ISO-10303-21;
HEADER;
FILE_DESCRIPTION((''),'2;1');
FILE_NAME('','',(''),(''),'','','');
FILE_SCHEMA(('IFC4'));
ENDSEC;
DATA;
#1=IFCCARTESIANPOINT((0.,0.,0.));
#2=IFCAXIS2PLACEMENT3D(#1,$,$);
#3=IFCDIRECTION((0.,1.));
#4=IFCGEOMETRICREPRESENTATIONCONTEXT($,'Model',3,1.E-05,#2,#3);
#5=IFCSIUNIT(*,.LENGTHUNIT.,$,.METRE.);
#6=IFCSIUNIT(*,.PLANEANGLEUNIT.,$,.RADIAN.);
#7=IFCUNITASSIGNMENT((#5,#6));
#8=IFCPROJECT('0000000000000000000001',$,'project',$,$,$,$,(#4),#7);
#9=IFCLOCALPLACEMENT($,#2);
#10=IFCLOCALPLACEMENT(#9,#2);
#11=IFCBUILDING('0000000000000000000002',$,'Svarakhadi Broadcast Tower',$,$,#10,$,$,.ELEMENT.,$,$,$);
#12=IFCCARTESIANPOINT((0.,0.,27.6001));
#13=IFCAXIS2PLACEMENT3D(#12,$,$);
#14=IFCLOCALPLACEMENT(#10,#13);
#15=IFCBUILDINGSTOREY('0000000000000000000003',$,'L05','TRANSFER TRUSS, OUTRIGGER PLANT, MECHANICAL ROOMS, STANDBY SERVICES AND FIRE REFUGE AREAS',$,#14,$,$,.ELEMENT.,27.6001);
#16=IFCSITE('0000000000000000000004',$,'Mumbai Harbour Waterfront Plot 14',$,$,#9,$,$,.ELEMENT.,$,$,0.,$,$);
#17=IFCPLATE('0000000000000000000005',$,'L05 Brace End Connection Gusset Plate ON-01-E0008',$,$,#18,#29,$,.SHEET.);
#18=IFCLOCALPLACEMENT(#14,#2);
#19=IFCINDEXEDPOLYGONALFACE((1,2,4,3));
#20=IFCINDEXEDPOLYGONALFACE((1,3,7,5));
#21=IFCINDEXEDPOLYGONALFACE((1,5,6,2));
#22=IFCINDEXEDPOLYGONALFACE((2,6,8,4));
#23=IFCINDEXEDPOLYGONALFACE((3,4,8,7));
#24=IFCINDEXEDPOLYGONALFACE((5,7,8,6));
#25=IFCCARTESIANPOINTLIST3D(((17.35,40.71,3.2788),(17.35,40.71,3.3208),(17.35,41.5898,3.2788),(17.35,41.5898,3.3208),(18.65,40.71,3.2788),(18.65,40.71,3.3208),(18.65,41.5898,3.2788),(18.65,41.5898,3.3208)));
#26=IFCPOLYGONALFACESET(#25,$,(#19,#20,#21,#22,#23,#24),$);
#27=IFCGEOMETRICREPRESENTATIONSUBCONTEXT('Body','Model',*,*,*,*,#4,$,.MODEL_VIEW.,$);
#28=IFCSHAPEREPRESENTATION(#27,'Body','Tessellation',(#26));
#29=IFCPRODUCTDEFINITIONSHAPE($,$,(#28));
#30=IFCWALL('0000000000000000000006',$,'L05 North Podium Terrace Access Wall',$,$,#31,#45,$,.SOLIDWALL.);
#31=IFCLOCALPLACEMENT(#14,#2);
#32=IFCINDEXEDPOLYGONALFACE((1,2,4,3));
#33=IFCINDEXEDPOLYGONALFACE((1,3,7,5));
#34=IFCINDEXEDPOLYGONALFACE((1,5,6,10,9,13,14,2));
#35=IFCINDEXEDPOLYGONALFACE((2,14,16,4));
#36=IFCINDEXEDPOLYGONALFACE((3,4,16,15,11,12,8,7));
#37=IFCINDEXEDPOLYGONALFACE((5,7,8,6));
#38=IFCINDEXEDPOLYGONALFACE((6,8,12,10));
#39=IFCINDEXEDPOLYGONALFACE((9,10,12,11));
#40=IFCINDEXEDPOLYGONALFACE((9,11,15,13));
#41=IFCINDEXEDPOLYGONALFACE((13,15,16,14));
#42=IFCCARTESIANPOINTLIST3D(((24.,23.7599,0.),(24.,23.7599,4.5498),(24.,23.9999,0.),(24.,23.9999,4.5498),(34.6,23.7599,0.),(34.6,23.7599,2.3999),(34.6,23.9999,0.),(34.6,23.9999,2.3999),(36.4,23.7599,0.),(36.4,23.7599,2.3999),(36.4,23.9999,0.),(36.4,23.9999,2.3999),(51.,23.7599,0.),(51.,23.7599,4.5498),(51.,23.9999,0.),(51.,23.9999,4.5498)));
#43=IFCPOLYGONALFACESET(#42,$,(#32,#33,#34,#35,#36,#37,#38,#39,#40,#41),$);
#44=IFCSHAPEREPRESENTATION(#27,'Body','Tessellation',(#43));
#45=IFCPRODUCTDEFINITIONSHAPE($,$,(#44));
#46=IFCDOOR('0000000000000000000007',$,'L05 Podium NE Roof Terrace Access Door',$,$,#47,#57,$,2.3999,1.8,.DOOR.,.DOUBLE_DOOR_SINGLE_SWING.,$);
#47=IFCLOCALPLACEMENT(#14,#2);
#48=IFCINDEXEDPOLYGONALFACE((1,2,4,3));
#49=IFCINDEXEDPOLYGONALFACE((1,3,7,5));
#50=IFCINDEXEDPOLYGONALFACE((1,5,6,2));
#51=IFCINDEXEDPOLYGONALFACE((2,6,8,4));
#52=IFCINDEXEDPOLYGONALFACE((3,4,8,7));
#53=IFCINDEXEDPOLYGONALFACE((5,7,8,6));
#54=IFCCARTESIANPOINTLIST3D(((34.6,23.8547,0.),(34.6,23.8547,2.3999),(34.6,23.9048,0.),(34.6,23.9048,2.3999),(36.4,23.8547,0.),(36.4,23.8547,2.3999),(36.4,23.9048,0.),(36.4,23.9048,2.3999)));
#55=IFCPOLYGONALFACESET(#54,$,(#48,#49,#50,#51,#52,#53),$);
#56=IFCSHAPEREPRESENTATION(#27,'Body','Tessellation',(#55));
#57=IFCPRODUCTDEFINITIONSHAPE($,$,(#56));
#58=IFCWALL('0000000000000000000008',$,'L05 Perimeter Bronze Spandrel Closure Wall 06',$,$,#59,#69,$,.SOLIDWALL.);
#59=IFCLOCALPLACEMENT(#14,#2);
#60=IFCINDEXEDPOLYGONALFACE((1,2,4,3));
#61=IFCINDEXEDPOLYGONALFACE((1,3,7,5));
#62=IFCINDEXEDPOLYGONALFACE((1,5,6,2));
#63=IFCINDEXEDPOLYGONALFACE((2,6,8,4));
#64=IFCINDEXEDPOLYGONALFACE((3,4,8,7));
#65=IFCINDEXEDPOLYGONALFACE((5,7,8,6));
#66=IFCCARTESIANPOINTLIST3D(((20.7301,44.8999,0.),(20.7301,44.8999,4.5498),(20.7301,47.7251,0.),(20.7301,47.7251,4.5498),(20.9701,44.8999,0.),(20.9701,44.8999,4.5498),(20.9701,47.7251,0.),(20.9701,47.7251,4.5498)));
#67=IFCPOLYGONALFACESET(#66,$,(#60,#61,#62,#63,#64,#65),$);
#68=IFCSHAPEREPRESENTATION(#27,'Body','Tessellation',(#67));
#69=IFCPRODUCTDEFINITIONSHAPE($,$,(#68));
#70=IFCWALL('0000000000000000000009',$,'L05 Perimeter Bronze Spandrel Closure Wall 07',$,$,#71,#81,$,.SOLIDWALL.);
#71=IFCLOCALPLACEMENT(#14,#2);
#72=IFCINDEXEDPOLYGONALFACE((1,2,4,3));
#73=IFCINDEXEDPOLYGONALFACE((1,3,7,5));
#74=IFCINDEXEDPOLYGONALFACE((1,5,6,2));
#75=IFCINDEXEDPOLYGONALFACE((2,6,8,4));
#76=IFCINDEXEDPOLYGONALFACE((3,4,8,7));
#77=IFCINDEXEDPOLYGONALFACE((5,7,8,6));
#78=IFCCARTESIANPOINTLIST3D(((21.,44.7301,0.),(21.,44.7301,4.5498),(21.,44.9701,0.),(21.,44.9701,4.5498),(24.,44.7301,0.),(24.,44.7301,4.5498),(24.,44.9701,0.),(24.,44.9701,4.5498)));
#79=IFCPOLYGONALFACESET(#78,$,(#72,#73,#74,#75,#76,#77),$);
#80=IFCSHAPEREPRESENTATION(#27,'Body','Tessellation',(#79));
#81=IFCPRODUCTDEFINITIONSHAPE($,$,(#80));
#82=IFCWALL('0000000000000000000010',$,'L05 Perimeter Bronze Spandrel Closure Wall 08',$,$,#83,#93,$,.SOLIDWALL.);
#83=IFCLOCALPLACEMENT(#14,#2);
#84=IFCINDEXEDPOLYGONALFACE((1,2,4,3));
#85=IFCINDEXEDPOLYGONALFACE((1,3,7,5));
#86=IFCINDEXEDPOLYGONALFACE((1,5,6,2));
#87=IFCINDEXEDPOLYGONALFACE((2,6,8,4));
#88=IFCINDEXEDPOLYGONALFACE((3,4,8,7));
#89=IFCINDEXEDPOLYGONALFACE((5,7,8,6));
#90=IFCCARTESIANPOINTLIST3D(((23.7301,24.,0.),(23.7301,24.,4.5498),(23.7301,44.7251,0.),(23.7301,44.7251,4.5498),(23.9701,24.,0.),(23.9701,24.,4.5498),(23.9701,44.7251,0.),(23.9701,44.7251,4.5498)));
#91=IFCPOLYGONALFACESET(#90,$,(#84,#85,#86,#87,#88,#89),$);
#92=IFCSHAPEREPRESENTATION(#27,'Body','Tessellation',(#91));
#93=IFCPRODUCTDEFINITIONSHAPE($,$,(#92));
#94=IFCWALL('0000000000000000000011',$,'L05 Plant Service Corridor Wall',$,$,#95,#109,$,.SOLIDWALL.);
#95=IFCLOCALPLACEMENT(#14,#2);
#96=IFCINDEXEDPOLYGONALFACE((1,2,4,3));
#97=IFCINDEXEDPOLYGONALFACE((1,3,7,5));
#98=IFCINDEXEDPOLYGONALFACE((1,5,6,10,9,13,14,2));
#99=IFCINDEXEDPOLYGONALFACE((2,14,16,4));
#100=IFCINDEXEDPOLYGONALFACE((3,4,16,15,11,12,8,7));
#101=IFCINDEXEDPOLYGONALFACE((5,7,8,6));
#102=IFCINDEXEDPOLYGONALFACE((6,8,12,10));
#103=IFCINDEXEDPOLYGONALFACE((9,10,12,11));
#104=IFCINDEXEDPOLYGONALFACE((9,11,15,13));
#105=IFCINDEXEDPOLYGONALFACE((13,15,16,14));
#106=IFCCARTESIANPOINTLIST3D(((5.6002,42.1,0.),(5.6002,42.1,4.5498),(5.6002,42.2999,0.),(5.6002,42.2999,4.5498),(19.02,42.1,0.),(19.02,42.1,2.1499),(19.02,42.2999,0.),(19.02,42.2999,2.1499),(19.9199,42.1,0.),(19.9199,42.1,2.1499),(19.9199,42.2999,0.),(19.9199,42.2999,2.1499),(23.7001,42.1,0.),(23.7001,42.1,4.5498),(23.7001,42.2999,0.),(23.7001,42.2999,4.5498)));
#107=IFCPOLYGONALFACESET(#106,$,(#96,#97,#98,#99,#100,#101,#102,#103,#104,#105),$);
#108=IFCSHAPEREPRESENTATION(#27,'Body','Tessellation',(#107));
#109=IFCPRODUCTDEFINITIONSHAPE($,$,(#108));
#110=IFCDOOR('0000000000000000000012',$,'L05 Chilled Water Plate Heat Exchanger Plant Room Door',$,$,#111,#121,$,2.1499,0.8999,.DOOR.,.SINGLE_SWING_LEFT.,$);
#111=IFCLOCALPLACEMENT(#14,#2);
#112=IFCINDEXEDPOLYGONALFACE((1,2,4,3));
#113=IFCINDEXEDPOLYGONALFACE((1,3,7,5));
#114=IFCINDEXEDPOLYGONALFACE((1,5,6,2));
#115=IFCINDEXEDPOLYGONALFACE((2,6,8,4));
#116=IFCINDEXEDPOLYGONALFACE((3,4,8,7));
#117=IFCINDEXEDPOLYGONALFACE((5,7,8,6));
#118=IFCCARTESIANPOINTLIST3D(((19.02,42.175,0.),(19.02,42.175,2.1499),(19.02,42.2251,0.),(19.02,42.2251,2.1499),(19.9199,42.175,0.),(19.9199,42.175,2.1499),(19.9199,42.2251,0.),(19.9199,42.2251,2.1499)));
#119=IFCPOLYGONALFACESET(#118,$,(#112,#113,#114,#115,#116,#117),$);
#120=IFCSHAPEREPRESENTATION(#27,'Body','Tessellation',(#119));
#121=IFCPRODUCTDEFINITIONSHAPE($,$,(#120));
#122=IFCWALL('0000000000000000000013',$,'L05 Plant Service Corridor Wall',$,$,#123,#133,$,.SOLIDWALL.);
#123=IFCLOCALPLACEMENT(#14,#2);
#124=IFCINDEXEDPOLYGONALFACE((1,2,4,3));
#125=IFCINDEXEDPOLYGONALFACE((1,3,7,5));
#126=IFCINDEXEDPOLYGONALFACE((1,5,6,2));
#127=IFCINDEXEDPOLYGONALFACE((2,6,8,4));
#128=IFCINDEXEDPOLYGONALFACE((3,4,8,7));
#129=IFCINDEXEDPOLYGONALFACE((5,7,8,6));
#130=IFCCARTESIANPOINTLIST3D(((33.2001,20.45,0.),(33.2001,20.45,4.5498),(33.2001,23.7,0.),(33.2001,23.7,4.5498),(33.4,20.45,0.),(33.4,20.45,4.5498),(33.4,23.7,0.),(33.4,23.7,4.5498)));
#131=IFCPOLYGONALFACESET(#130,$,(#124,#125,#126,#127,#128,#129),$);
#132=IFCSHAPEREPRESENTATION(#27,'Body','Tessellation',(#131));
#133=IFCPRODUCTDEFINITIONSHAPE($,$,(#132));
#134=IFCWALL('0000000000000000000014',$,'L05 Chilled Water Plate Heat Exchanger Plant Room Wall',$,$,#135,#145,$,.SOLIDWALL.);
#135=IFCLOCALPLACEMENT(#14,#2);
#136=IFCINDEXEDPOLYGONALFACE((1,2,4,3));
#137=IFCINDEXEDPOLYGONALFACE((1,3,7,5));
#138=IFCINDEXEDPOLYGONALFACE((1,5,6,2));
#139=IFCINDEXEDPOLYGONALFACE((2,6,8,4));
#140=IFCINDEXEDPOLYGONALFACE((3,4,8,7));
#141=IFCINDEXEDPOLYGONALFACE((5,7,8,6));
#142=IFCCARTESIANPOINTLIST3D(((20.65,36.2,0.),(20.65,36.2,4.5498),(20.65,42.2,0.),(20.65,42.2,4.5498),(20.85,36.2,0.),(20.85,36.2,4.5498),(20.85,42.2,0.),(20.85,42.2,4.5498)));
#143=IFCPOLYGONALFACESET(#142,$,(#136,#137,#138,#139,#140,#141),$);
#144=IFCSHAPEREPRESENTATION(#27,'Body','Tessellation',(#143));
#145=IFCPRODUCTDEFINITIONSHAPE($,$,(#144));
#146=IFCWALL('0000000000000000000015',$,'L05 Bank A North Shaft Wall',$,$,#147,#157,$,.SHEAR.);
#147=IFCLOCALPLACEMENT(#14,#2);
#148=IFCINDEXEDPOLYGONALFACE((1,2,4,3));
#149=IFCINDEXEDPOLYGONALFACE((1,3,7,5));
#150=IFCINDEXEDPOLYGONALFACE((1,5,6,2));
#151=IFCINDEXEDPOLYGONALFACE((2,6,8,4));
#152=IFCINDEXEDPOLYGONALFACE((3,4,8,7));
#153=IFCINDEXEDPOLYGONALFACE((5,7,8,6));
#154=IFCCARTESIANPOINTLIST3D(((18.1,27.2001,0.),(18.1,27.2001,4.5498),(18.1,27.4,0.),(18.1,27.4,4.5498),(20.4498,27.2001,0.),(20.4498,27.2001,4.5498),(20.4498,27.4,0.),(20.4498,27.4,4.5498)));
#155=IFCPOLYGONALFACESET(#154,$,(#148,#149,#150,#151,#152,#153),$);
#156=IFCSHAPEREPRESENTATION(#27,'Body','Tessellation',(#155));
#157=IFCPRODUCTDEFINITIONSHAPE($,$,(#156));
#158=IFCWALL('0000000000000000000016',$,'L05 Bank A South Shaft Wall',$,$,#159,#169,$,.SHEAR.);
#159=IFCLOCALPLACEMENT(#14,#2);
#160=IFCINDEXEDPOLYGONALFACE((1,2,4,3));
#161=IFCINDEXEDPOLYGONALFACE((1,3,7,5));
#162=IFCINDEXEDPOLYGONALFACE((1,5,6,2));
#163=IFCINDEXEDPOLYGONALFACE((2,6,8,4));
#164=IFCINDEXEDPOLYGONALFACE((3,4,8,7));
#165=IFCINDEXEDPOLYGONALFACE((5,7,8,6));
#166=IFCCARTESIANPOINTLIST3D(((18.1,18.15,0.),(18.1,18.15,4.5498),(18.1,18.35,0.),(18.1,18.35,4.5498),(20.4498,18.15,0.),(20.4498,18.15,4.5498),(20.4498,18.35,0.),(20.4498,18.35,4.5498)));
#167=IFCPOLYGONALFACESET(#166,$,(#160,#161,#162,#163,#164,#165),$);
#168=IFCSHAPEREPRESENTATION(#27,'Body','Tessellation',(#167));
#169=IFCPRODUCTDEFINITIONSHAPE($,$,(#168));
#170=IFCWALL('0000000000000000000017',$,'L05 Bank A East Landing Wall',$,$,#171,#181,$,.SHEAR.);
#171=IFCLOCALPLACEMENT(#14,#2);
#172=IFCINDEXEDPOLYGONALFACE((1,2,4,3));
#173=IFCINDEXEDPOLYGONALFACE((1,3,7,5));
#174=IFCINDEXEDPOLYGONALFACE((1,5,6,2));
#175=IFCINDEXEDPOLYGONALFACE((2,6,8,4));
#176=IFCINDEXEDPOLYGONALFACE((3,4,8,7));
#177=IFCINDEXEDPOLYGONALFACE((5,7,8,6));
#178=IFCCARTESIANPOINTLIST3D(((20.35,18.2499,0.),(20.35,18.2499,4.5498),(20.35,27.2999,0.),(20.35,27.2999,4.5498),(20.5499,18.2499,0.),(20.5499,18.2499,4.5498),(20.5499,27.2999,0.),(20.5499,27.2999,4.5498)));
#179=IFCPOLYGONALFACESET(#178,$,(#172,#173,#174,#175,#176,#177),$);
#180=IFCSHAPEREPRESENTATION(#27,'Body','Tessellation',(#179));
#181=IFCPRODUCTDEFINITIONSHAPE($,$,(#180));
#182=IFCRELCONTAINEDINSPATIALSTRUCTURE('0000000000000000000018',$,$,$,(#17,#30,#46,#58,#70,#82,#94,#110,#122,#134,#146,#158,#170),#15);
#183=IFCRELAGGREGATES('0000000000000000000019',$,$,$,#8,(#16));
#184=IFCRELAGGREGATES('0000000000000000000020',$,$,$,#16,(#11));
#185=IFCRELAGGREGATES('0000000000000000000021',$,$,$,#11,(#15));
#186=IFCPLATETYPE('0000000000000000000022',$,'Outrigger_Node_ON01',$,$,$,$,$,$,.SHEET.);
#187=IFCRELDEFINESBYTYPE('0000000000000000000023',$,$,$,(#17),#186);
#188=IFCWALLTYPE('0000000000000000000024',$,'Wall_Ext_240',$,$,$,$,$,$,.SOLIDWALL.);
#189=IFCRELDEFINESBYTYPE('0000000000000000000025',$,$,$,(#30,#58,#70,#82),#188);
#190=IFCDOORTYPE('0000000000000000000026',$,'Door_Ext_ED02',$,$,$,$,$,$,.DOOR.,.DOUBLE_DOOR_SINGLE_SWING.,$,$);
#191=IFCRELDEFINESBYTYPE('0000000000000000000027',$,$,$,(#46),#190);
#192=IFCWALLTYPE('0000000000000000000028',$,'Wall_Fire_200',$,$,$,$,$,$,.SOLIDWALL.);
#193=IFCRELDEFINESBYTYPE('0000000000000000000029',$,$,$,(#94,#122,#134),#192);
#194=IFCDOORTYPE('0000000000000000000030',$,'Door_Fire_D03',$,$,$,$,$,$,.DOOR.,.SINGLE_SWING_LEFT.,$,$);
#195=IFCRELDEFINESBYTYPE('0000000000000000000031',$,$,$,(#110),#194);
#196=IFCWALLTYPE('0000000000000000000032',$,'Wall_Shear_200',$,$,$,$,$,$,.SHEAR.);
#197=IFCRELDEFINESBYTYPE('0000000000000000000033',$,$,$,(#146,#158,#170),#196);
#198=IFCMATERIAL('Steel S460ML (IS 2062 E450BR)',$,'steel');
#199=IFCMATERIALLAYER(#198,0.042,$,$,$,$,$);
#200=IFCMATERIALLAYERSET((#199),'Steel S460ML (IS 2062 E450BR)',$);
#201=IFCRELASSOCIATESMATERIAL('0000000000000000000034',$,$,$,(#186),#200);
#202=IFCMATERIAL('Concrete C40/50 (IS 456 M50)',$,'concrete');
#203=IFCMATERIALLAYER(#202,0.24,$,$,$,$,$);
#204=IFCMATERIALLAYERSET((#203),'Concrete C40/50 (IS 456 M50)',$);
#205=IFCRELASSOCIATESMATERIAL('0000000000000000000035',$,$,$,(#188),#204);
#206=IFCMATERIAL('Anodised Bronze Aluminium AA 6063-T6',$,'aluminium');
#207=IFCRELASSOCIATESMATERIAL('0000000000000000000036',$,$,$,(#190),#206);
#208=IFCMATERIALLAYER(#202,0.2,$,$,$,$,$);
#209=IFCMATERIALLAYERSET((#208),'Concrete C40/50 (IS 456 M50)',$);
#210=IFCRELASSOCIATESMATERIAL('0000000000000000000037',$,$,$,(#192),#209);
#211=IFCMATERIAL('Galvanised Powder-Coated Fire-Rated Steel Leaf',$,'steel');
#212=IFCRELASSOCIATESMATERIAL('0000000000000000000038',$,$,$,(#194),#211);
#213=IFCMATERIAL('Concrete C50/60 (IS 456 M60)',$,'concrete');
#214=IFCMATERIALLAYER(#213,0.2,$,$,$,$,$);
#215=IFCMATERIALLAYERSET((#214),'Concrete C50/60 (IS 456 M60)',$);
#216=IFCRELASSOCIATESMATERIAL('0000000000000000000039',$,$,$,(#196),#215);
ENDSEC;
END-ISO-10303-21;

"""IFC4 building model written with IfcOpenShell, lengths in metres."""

from ifc_helpers import new_model, si_unit, direction, frame, frame_2d, origin, origin_2d, place, context, subcontext, project, spatial, rectangle, extrude, material, layer, layer_set, type_object, element, fill, save


model = new_model("IFC4")

# Units and contexts
model_context = context("Model", 3, precision=1e-05, world=origin(), true_north=direction((0.0, 1.0)))
body_context = subcontext(model_context, "Body", "Model", "MODEL_VIEW")
ifc_project = project(units=[si_unit("LENGTHUNIT", "METRE"), si_unit("PLANEANGLEUNIT", "RADIAN")], contexts=[model_context])

# Site, building, storey
site_placement = place(None, origin())
site = spatial("IfcSite", under=ifc_project, at=site_placement, Name="Mumbai Harbour Waterfront Plot 14", CompositionType="ELEMENT", RefElevation=0.0)
building_placement = place(site_placement, origin())
building = spatial("IfcBuilding", under=site, at=building_placement, Name="Svarakhadi Broadcast Tower", CompositionType="ELEMENT")
storey_placement = place(building_placement, frame((0.0, 0.0, 27.6001)))
storey = spatial("IfcBuildingStorey", under=building, at=storey_placement, Name="L05", Description="TRANSFER TRUSS, OUTRIGGER PLANT, MECHANICAL ROOMS, STANDBY SERVICES AND FIRE REFUGE AREAS", CompositionType="ELEMENT", Elevation=27.6001)

# Shared definitions
ifc_material_1 = material(Name="Steel S460ML (IS 2062 E450BR)", Category="steel")

# Plate
ifc_layer_1 = layer(ifc_material_1, 0.042)
ifc_layer_set_1 = layer_set([ifc_layer_1], Name="Steel S460ML (IS 2062 E450BR)")
plate_type = type_object("IfcPlateType", Name="Outrigger_Node_ON01", PredefinedType="SHEET", material=ifc_layer_set_1)
for number, where, z_axis, x_axis, name in (
    (1, (18.0, 41.1499, 3.2788), (0.0, 0.0, 1.0), (1.0, 0.0, 0.0), "L05 Brace End Connection Gusset Plate ON-01-E0008"),
):
    element("IfcPlate", number, at=place(storey_placement, frame(where, z_axis=z_axis, x_axis=x_axis)), inside=storey, type_object=plate_type, Name=name, PredefinedType="SHEET", context=body_context, shape_type="SweptSolid", body=[
        extrude(rectangle(XDim=1.3, YDim=0.8799, at=origin_2d()), origin(), (0.0, 0.0, 1.0), 0.042),
    ])

# Wall, opening, door
ifc_material_2 = material(Name="Concrete C40/50 (IS 456 M50)", Category="concrete")
ifc_layer_2 = layer(ifc_material_2, 0.24)
ifc_layer_set_2 = layer_set([ifc_layer_2], Name="Concrete C40/50 (IS 456 M50)")
wall_type_1 = type_object("IfcWallType", Name="Wall_Ext_240", PredefinedType="SOLIDWALL", material=ifc_layer_set_2)
wall_1_placement = place(storey_placement, frame((24.0, 23.8799, 0.0), z_axis=(0.0, 0.0, 1.0), x_axis=(1.0, 0.0, 0.0)))
wall_1 = element("IfcWall", 2, at=wall_1_placement, inside=storey, type_object=wall_type_1, Name="L05 North Podium Terrace Access Wall", PredefinedType="SOLIDWALL", context=body_context, shape_type="SweptSolid", body=[
    extrude(rectangle(XDim=27.0, YDim=0.24, at=frame_2d((13.5, 0.0))), origin(), (0.0, 0.0, 1.0), 4.5498),
])
opening_1_placement = place(wall_1_placement, frame((10.6001, 0.0, 0.0)))
opening_1 = element("IfcOpeningElement", 3, at=opening_1_placement, cuts=wall_1, PredefinedType="OPENING", context=body_context, shape_type="SweptSolid", body=[
    extrude(rectangle(XDim=1.8, YDim=2.3999, at=frame_2d((0.8999, 1.2))), frame((0.0, 0.1299, 0.0), z_axis=(0.0, -1.0, 0.0), x_axis=(1.0, 0.0, 0.0)), (0.0, 0.0, 1.0), 0.26),
])
ifc_material_3 = material(Name="Anodised Bronze Aluminium AA 6063-T6", Category="aluminium")
door_type_1 = type_object("IfcDoorType", Name="Door_Ext_ED02", OperationType="DOUBLE_DOOR_SINGLE_SWING", PredefinedType="DOOR", material=ifc_material_3)
door_1_placement = place(opening_1_placement, origin())
door_1 = element("IfcDoor", 4, at=door_1_placement, inside=storey, type_object=door_type_1, Name="L05 Podium NE Roof Terrace Access Door", OperationType="DOUBLE_DOOR_SINGLE_SWING", OverallHeight=2.3999, OverallWidth=1.8, PredefinedType="DOOR", context=body_context, shape_type="SweptSolid", body=[
    extrude(rectangle(XDim=1.8, YDim=2.3999, at=frame_2d((0.8999, 1.2))), frame((0.0, 0.0249, 0.0), z_axis=(0.0, -1.0, 0.0), x_axis=(1.0, 0.0, 0.0)), (0.0, 0.0, 1.0), 0.05),
])
fill(opening_1, door_1)

# Walls
wall_2_placement = place(storey_placement, frame((20.8501, 47.7251, 0.0), z_axis=(0.0, 0.0, 1.0), x_axis=(0.0, -1.0, 0.0)))
element("IfcWall", 5, at=wall_2_placement, inside=storey, type_object=wall_type_1, Name="L05 Perimeter Bronze Spandrel Closure Wall 06", PredefinedType="SOLIDWALL", context=body_context, shape_type="SweptSolid", body=[
    extrude(rectangle(XDim=2.8252, YDim=0.24, at=frame_2d((1.4126, 0.0))), origin(), (0.0, 0.0, 1.0), 4.5498),
])
wall_3_placement = place(storey_placement, frame((21.0, 44.8501, 0.0), z_axis=(0.0, 0.0, 1.0), x_axis=(1.0, 0.0, 0.0)))
element("IfcWall", 6, at=wall_3_placement, inside=storey, type_object=wall_type_1, Name="L05 Perimeter Bronze Spandrel Closure Wall 07", PredefinedType="SOLIDWALL", context=body_context, shape_type="SweptSolid", body=[
    extrude(rectangle(XDim=3.0, YDim=0.24, at=frame_2d((1.5, 0.0))), origin(), (0.0, 0.0, 1.0), 4.5498),
])
wall_4_placement = place(storey_placement, frame((23.8501, 44.7251, 0.0), z_axis=(0.0, 0.0, 1.0), x_axis=(0.0, -1.0, 0.0)))
element("IfcWall", 7, at=wall_4_placement, inside=storey, type_object=wall_type_1, Name="L05 Perimeter Bronze Spandrel Closure Wall 08", PredefinedType="SOLIDWALL", context=body_context, shape_type="SweptSolid", body=[
    extrude(rectangle(XDim=20.7251, YDim=0.24, at=frame_2d((10.3625, 0.0))), origin(), (0.0, 0.0, 1.0), 4.5498),
])

# Wall, opening, door
ifc_layer_3 = layer(ifc_material_2, 0.2)
ifc_layer_set_3 = layer_set([ifc_layer_3], Name="Concrete C40/50 (IS 456 M50)")
wall_type_2 = type_object("IfcWallType", Name="Wall_Fire_200", PredefinedType="SOLIDWALL", material=ifc_layer_set_3)
wall_5_placement = place(storey_placement, frame((23.7, 42.2, 0.0), z_axis=(0.0, 0.0, 1.0), x_axis=(-1.0, 0.0, 0.0)))
wall_5 = element("IfcWall", 8, at=wall_5_placement, inside=storey, type_object=wall_type_2, Name="L05 Plant Service Corridor Wall", PredefinedType="SOLIDWALL", context=body_context, shape_type="SweptSolid", body=[
    extrude(rectangle(XDim=18.0999, YDim=0.2, at=frame_2d((9.0498, 0.0))), origin(), (0.0, 0.0, 1.0), 4.5498),
])
opening_2_placement = place(wall_5_placement, frame((3.78, 0.0, 0.0)))
opening_2 = element("IfcOpeningElement", 9, at=opening_2_placement, cuts=wall_5, PredefinedType="OPENING", context=body_context, shape_type="SweptSolid", body=[
    extrude(rectangle(XDim=0.8999, YDim=2.1499, at=frame_2d((0.45, 1.075))), frame((0.0, 0.1099, 0.0), z_axis=(0.0, -1.0, 0.0), x_axis=(1.0, 0.0, 0.0)), (0.0, 0.0, 1.0), 0.22),
])
ifc_material_4 = material(Name="Galvanised Powder-Coated Fire-Rated Steel Leaf", Category="steel")
door_type_2 = type_object("IfcDoorType", Name="Door_Fire_D03", OperationType="SINGLE_SWING_LEFT", PredefinedType="DOOR", material=ifc_material_4)
door_2_placement = place(opening_2_placement, origin())
door_2 = element("IfcDoor", 10, at=door_2_placement, inside=storey, type_object=door_type_2, Name="L05 Chilled Water Plate Heat Exchanger Plant Room Door", OperationType="SINGLE_SWING_LEFT", OverallHeight=2.1499, OverallWidth=0.8999, PredefinedType="DOOR", context=body_context, shape_type="SweptSolid", body=[
    extrude(rectangle(XDim=0.8999, YDim=2.1499, at=frame_2d((0.45, 1.075))), frame((0.0, 0.0249, 0.0), z_axis=(0.0, -1.0, 0.0), x_axis=(1.0, 0.0, 0.0)), (0.0, 0.0, 1.0), 0.05),
])
fill(opening_2, door_2)

# Walls
wall_6_placement = place(storey_placement, frame((33.3, 20.45, 0.0), z_axis=(0.0, 0.0, 1.0), x_axis=(0.0, 1.0, 0.0)))
element("IfcWall", 11, at=wall_6_placement, inside=storey, type_object=wall_type_2, Name="L05 Plant Service Corridor Wall", PredefinedType="SOLIDWALL", context=body_context, shape_type="SweptSolid", body=[
    extrude(rectangle(XDim=3.25, YDim=0.2, at=frame_2d((1.625, 0.0))), origin(), (0.0, 0.0, 1.0), 4.5498),
])
wall_7_placement = place(storey_placement, frame((20.75, 36.2, 0.0), z_axis=(0.0, 0.0, 1.0), x_axis=(0.0, 1.0, 0.0)))
element("IfcWall", 12, at=wall_7_placement, inside=storey, type_object=wall_type_2, Name="L05 Chilled Water Plate Heat Exchanger Plant Room Wall", PredefinedType="SOLIDWALL", context=body_context, shape_type="SweptSolid", body=[
    extrude(rectangle(XDim=6.0, YDim=0.2, at=frame_2d((3.0, 0.0))), origin(), (0.0, 0.0, 1.0), 4.5498),
])
ifc_material_5 = material(Name="Concrete C50/60 (IS 456 M60)", Category="concrete")
ifc_layer_4 = layer(ifc_material_5, 0.2)
ifc_layer_set_4 = layer_set([ifc_layer_4], Name="Concrete C50/60 (IS 456 M60)")
wall_type_3 = type_object("IfcWallType", Name="Wall_Shear_200", PredefinedType="SHEAR", material=ifc_layer_set_4)
for number, where, z_axis, x_axis, name in (
    (13, (18.1001, 27.3, 0.0), (0.0, 0.0, 1.0), (1.0, 0.0, 0.0), "L05 Bank A North Shaft Wall"),
    (14, (18.1001, 18.25, 0.0), (0.0, 0.0, 1.0), (1.0, 0.0, 0.0), "L05 Bank A South Shaft Wall"),
):
    element("IfcWall", number, at=place(storey_placement, frame(where, z_axis=z_axis, x_axis=x_axis)), inside=storey, type_object=wall_type_3, Name=name, PredefinedType="SHEAR", context=body_context, shape_type="SweptSolid", body=[
        extrude(rectangle(XDim=2.3499, YDim=0.2, at=frame_2d((1.1748, 0.0))), origin(), (0.0, 0.0, 1.0), 4.5498),
    ])
wall_8_placement = place(storey_placement, frame((20.45, 18.25, 0.0), z_axis=(0.0, 0.0, 1.0), x_axis=(0.0, 1.0, 0.0)))
element("IfcWall", 15, at=wall_8_placement, inside=storey, type_object=wall_type_3, Name="L05 Bank A East Landing Wall", PredefinedType="SHEAR", context=body_context, shape_type="SweptSolid", body=[
    extrude(rectangle(XDim=9.05, YDim=0.2, at=frame_2d((4.5249, 0.0))), origin(), (0.0, 0.0, 1.0), 4.5498),
])

save(model, "model.ifc")
